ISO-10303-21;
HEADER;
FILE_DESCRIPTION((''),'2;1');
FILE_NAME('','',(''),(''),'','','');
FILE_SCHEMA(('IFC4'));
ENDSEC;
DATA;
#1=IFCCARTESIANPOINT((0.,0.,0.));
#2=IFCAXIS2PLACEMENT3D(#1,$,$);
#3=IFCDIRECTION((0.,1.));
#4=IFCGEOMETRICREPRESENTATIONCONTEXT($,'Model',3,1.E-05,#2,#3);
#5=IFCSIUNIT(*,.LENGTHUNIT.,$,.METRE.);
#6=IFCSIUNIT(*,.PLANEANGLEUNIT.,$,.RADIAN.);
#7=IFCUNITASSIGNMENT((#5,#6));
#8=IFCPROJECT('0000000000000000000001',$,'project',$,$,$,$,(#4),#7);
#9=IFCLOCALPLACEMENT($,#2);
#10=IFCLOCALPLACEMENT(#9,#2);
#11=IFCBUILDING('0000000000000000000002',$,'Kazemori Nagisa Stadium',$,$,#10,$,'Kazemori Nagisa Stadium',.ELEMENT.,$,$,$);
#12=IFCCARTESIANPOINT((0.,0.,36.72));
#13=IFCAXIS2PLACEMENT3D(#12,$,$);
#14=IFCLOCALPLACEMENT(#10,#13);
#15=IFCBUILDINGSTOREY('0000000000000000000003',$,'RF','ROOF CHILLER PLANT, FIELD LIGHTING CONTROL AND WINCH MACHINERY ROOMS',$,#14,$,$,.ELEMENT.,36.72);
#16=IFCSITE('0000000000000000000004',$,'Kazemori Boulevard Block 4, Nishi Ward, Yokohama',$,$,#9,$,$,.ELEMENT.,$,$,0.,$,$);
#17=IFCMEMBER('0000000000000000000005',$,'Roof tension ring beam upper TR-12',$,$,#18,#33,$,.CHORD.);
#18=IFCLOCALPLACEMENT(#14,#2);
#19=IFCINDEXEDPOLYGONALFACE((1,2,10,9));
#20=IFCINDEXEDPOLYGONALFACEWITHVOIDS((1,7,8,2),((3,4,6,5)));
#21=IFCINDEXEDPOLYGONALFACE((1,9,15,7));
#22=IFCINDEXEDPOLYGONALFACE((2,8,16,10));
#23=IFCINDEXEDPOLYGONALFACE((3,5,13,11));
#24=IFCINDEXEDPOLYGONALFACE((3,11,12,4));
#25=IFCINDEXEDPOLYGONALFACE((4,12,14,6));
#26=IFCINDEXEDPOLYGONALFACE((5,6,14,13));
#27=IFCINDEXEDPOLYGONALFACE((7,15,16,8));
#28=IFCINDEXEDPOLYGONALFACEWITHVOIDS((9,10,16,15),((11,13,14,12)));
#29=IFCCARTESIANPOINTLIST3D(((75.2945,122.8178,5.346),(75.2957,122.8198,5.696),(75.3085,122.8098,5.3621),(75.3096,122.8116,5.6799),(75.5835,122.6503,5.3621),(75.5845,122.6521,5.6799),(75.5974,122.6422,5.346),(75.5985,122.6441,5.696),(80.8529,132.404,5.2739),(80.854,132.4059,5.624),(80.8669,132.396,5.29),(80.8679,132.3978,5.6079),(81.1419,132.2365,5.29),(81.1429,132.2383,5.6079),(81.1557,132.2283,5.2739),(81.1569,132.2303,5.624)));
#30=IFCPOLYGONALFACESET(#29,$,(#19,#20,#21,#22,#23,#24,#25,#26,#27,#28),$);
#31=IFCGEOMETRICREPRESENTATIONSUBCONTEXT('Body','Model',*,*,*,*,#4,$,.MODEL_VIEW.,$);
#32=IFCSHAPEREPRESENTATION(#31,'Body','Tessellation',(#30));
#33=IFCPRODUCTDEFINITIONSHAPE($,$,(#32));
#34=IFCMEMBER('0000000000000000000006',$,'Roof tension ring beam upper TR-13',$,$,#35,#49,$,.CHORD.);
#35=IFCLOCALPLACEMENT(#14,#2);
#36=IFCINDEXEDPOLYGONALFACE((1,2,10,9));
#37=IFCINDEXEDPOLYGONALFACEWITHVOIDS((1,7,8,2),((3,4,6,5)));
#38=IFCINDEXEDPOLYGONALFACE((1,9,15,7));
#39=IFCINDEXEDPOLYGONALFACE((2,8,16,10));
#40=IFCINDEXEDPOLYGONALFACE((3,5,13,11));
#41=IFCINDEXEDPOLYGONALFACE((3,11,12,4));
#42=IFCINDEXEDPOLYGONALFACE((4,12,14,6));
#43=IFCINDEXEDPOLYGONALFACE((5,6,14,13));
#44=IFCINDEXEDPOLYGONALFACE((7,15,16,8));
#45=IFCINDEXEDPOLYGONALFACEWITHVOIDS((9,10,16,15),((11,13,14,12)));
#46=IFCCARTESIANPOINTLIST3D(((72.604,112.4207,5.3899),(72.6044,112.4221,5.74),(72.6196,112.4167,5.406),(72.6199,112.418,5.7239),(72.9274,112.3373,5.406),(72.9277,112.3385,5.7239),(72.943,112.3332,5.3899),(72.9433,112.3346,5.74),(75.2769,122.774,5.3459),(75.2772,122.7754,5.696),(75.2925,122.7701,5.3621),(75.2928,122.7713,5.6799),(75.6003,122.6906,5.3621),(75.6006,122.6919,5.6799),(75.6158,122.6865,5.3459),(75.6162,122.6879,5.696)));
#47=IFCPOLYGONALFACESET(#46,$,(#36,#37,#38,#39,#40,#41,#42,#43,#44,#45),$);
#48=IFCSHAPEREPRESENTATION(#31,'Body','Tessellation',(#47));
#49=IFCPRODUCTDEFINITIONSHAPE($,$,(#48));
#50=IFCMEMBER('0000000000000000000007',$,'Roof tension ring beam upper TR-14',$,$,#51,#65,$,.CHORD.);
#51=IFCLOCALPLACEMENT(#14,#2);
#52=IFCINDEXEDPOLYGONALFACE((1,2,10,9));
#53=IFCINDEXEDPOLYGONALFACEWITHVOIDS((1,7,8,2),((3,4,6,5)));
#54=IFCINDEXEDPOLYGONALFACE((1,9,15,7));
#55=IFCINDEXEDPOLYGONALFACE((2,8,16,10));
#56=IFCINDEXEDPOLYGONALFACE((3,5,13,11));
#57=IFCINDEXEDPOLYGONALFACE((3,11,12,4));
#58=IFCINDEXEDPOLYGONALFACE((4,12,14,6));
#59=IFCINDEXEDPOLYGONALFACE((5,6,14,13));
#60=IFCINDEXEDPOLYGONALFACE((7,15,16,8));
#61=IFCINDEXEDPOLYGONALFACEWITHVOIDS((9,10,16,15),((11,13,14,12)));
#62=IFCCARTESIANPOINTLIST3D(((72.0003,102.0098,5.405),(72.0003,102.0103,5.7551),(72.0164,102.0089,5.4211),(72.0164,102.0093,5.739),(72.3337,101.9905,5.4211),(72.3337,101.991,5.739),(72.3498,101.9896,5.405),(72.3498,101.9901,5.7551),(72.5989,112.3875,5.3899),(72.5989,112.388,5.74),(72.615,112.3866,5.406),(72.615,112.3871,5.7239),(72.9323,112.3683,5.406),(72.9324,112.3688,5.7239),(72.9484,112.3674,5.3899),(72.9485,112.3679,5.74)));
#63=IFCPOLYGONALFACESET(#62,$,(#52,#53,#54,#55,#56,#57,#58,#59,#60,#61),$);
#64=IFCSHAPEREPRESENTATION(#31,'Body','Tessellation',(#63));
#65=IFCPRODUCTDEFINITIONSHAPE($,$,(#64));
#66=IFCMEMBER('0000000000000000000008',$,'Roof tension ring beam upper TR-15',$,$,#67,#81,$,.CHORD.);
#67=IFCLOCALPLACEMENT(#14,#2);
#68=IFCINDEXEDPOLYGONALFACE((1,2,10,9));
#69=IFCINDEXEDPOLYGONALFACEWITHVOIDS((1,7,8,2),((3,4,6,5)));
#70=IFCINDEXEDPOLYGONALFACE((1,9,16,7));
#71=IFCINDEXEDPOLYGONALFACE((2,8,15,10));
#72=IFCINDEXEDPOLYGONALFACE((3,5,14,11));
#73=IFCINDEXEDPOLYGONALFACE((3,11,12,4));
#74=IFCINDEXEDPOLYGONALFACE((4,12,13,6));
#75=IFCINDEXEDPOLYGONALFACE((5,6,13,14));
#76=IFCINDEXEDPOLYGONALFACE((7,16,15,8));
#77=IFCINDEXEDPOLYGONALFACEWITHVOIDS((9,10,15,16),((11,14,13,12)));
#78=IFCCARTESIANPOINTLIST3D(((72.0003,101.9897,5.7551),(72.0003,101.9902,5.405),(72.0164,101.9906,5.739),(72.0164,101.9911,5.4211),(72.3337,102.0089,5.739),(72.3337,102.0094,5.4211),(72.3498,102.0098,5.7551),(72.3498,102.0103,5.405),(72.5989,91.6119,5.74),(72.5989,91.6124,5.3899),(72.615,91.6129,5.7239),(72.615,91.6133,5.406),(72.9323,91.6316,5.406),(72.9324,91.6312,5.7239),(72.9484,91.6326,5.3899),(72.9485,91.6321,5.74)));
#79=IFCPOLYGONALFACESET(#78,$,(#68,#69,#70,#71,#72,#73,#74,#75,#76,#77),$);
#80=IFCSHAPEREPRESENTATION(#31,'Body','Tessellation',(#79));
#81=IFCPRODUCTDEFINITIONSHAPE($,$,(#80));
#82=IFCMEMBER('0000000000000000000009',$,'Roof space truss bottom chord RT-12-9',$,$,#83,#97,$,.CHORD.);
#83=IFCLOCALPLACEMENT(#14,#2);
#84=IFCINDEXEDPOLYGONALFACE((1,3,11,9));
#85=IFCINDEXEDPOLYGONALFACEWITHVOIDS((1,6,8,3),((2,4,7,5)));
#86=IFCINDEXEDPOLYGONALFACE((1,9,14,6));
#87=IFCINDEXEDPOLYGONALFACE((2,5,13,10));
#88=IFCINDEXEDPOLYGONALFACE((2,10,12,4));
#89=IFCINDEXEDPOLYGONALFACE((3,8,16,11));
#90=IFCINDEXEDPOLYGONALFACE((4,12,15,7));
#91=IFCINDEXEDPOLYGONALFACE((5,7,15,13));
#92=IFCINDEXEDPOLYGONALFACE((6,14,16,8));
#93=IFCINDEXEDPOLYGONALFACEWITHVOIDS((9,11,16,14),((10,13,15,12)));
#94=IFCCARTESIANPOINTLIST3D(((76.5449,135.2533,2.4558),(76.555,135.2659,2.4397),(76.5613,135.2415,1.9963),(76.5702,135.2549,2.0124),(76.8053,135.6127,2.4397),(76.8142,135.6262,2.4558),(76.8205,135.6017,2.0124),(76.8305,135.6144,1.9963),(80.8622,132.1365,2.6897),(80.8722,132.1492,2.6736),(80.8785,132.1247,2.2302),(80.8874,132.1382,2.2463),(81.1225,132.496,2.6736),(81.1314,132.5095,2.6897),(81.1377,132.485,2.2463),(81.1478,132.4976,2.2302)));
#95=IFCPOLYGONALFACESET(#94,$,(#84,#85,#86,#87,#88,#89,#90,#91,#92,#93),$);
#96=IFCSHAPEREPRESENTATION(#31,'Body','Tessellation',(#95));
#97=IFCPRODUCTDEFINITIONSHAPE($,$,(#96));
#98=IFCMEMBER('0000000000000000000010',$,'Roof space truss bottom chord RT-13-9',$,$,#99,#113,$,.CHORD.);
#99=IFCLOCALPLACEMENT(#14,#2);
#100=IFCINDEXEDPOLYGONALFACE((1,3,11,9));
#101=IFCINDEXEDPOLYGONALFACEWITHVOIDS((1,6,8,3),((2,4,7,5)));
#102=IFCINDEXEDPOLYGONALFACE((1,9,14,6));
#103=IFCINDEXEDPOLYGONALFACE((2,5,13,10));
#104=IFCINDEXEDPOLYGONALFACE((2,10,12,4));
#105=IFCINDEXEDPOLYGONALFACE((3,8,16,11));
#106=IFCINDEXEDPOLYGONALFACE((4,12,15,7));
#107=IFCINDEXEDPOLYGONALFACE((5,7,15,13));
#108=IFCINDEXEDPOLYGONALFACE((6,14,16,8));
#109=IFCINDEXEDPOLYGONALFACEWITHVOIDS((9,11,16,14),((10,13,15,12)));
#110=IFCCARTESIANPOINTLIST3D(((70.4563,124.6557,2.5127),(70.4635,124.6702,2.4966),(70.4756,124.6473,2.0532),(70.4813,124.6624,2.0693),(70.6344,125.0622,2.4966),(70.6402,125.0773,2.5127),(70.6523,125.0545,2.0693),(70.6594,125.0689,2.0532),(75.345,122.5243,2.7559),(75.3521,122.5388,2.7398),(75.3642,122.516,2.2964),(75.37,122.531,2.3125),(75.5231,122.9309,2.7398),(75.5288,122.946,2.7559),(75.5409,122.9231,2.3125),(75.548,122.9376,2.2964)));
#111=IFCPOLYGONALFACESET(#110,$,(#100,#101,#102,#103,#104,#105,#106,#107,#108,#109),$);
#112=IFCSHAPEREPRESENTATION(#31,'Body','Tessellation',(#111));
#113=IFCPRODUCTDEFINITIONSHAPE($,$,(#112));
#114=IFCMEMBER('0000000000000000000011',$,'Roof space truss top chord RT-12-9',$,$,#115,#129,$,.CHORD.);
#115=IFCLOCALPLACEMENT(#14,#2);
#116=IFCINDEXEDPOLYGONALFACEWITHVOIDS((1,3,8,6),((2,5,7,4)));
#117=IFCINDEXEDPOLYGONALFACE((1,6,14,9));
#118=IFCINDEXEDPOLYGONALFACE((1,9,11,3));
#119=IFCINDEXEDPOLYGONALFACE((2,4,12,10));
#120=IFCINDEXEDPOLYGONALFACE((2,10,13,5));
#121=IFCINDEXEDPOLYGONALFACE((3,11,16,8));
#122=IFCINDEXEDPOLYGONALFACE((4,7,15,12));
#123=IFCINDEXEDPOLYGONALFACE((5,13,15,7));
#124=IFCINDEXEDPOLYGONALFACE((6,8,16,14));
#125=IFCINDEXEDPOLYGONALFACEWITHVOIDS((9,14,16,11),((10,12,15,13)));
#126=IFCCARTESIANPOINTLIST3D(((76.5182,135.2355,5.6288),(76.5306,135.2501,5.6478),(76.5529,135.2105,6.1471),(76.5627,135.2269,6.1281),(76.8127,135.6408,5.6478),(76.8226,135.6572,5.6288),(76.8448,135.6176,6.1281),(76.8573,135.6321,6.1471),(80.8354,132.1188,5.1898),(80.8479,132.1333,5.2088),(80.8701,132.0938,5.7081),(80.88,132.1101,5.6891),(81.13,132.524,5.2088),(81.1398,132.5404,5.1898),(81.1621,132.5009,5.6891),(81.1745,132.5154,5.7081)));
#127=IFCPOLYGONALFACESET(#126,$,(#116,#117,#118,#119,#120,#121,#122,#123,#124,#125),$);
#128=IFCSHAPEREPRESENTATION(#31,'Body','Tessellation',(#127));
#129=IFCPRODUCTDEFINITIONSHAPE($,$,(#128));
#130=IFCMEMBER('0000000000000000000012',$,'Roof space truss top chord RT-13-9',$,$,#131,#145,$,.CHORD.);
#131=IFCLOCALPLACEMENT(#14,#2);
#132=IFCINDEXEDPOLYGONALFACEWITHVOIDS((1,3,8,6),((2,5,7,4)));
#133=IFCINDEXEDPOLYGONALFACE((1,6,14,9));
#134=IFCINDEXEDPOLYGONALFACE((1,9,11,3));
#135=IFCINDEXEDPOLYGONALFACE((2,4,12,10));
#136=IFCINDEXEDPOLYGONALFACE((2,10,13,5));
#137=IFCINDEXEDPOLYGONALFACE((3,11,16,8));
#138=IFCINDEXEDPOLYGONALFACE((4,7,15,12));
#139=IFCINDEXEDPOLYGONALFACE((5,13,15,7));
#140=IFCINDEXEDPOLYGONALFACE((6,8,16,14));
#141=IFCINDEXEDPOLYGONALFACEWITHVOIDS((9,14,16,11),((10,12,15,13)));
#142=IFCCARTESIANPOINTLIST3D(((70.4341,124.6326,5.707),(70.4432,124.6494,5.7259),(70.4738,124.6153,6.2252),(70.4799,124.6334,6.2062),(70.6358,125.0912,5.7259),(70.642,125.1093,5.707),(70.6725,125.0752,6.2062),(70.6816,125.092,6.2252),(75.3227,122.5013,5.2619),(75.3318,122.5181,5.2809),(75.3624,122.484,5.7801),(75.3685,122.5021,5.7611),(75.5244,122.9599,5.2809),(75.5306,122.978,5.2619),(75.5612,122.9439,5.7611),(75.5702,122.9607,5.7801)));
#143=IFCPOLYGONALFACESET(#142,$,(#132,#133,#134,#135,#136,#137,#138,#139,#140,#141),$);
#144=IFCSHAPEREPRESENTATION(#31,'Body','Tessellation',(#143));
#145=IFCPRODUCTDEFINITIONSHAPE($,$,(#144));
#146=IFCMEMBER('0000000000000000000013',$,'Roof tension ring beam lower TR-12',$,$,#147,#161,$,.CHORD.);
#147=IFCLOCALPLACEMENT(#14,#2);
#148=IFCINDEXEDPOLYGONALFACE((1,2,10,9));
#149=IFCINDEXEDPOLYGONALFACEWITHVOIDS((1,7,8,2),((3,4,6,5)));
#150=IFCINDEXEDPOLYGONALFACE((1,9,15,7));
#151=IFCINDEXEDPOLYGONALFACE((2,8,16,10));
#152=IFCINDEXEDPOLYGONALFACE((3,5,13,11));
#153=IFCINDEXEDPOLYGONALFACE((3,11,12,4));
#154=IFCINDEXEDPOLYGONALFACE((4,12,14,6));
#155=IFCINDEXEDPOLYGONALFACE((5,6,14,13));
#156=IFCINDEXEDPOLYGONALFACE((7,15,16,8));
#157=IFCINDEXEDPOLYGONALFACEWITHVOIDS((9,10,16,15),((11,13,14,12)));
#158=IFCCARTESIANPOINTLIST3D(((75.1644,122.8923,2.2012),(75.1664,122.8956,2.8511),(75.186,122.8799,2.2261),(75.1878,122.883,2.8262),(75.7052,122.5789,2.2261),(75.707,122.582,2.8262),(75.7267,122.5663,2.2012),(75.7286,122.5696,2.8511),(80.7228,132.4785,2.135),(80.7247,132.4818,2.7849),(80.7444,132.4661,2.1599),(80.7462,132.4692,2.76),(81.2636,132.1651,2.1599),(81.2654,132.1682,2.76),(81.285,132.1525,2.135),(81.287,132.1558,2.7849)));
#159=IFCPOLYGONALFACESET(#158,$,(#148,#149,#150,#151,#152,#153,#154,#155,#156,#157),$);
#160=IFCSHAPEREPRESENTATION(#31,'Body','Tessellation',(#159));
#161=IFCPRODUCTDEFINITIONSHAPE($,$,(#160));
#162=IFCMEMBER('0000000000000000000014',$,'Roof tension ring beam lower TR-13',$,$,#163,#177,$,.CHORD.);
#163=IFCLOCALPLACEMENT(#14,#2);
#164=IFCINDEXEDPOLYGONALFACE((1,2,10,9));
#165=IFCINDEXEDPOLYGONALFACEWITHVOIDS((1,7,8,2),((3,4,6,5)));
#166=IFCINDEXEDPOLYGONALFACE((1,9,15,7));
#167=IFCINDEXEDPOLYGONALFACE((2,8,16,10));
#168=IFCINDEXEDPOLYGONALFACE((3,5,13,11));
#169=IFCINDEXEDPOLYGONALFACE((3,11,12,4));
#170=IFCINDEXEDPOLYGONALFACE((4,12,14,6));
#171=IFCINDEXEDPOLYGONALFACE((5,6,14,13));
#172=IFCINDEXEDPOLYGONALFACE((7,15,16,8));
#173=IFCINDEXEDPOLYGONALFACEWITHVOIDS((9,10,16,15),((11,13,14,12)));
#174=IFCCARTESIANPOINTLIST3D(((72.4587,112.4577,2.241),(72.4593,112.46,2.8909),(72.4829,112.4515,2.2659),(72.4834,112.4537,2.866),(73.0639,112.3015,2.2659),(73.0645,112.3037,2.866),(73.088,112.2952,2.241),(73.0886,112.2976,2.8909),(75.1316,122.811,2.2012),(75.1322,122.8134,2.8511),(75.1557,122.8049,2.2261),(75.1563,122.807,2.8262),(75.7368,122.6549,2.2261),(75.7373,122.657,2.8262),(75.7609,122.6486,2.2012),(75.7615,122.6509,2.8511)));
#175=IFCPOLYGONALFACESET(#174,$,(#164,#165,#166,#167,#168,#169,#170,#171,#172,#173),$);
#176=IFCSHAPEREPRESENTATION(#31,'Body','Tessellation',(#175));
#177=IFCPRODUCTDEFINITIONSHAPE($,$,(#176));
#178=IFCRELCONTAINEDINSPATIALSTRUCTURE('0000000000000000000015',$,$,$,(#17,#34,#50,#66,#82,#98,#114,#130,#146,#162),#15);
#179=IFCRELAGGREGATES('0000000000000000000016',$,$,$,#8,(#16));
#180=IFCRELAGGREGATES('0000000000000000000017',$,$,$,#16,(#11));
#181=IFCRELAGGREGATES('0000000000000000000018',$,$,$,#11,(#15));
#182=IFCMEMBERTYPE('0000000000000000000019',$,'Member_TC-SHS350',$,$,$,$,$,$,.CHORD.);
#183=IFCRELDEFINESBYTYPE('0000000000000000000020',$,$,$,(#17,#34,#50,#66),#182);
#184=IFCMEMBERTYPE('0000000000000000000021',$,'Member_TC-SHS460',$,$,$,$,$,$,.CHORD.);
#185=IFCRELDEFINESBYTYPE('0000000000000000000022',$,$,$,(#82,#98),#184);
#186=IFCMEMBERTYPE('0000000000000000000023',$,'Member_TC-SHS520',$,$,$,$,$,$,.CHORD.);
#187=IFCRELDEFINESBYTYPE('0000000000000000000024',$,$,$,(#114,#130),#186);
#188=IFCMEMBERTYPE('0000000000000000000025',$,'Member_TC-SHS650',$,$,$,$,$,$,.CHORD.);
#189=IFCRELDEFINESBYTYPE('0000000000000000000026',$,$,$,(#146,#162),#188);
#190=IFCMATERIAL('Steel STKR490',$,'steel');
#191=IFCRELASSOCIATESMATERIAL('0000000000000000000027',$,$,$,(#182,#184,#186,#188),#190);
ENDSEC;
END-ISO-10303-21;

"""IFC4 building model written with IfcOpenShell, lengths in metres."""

from ifc_helpers import new_model, si_unit, direction, frame, origin, origin_2d, place, context, subcontext, project, spatial, hollow_rectangle, extrude, material, material_profile, profile_set, type_object, element, save


model = new_model("IFC4")

# Units and contexts
model_context = context("Model", 3, precision=1e-05, world=origin(), true_north=direction((0.0, 1.0)))
body_context = subcontext(model_context, "Body", "Model", "MODEL_VIEW")
ifc_project = project(units=[si_unit("LENGTHUNIT", "METRE"), si_unit("PLANEANGLEUNIT", "RADIAN")], contexts=[model_context])

# Site, building, storey
site_placement = place(None, origin())
site = spatial("IfcSite", under=ifc_project, at=site_placement, Name="Kazemori Boulevard Block 4, Nishi Ward, Yokohama", CompositionType="ELEMENT", RefElevation=0.0)
building_placement = place(site_placement, origin())
building = spatial("IfcBuilding", under=site, at=building_placement, Name="Kazemori Nagisa Stadium", LongName="Kazemori Nagisa Stadium", CompositionType="ELEMENT")
storey_placement = place(building_placement, frame((0.0, 0.0, 36.72)))
storey = spatial("IfcBuildingStorey", under=building, at=storey_placement, Name="RF", Description="ROOF CHILLER PLANT, FIELD LIGHTING CONTROL AND WINCH MACHINERY ROOMS", CompositionType="ELEMENT", Elevation=36.72)

# Members
ifc_material = material(Name="Steel STKR490", Category="steel")
ifc_material_profile_1 = material_profile(ifc_material, hollow_rectangle(XDim=0.3501, YDim=0.3501, WallThickness=0.0161, at=origin_2d()), Name="SHS-350x350x16")
ifc_profile_set_1 = profile_set([ifc_material_profile_1], Name="Steel STKR490")
member_type_1 = type_object("IfcMemberType", Name="Member_TC-SHS350", PredefinedType="CHORD", material=ifc_profile_set_1)
member_1_placement = place(storey_placement, frame((81.0049, 132.3171, 5.449), z_axis=(-0.501597, -0.865077, 0.006499), x_axis=(0.865095, -0.501608, 0.0)))
element("IfcMember", 1, at=member_1_placement, inside=storey, type_object=member_type_1, Name="Roof tension ring beam upper TR-12", PredefinedType="CHORD", context=body_context, shape_type="SweptSolid", body=[
    extrude(hollow_rectangle(XDim=0.3501, YDim=0.3501, WallThickness=0.0161, at=origin_2d()), origin(), (0.0, 0.0, 1.0), 11.0813),
])
member_2_placement = place(storey_placement, frame((75.4465, 122.731, 5.521), z_axis=(-0.249967, -0.968246, 0.00411), x_axis=(0.968254, -0.249969, 0.0)))
element("IfcMember", 2, at=member_2_placement, inside=storey, type_object=member_type_1, Name="Roof tension ring beam upper TR-13", PredefinedType="CHORD", context=body_context, shape_type="SweptSolid", body=[
    extrude(hollow_rectangle(XDim=0.3501, YDim=0.3501, WallThickness=0.0161, at=origin_2d()), origin(), (0.0, 0.0, 1.0), 10.6929),
])
for number, where, z_axis, x_axis, name in (
    (3, (72.7737, 112.3777, 5.5649), (-0.057589, -0.998339, 0.001456), (0.99834, -0.057589, 0.0), "Roof tension ring beam upper TR-14"),
    (4, (72.175, 102.0, 5.5801), (0.057589, -0.998339, -0.001456), (0.99834, 0.057589, 0.0), "Roof tension ring beam upper TR-15"),
):
    element("IfcMember", number, at=place(storey_placement, frame(where, z_axis=z_axis, x_axis=x_axis)), inside=storey, type_object=member_type_1, Name=name, PredefinedType="CHORD", context=body_context, shape_type="SweptSolid", body=[
        extrude(hollow_rectangle(XDim=0.3501, YDim=0.3501, WallThickness=0.0161, at=origin_2d()), origin(), (0.0, 0.0, 1.0), 10.395),
    ])
ifc_material_profile_2 = material_profile(ifc_material, hollow_rectangle(XDim=0.46, YDim=0.46, WallThickness=0.0161, at=origin_2d()), Name="SHS-460x460x16")
ifc_profile_set_2 = profile_set([ifc_material_profile_2], Name="Steel STKR490")
member_type_2 = type_object("IfcMemberType", Name="Member_TC-SHS460", PredefinedType="CHORD", material=ifc_profile_set_2)
member_3_placement = place(storey_placement, frame((76.6877, 135.4338, 2.2261), z_axis=(0.810008, -0.584774, 0.043883), x_axis=(0.585338, 0.810789, 0.0)))
element("IfcMember", 5, at=member_3_placement, inside=storey, type_object=member_type_2, Name="Roof space truss bottom chord RT-12-9", PredefinedType="CHORD", context=body_context, shape_type="SweptSolid", body=[
    extrude(hollow_rectangle(XDim=0.46, YDim=0.46, WallThickness=0.0161, at=origin_2d()), origin(), (0.0, 0.0, 1.0), 5.3298),
])
member_4_placement = place(storey_placement, frame((70.5579, 124.8623, 2.283), z_axis=(0.915718, -0.399232, 0.045548), x_axis=(0.399647, 0.916669, 0.0)))
element("IfcMember", 6, at=member_4_placement, inside=storey, type_object=member_type_2, Name="Roof space truss bottom chord RT-13-9", PredefinedType="CHORD", context=body_context, shape_type="SweptSolid", body=[
    extrude(hollow_rectangle(XDim=0.46, YDim=0.46, WallThickness=0.0161, at=origin_2d()), origin(), (0.0, 0.0, 1.0), 5.3386),
])
ifc_material_profile_3 = material_profile(ifc_material, hollow_rectangle(XDim=0.52, YDim=0.52, WallThickness=0.019, at=origin_2d()), Name="SHS-520x520x19")
ifc_profile_set_3 = profile_set([ifc_material_profile_3], Name="Steel STKR490")
member_type_3 = type_object("IfcMemberType", Name="Member_TC-SHS520", PredefinedType="CHORD", material=ifc_profile_set_3)
member_5_placement = place(storey_placement, frame((76.6877, 135.4338, 5.8879), z_axis=(0.808048, -0.583359, -0.082162), x_axis=(0.585338, 0.810789, 0.0)))
element("IfcMember", 7, at=member_5_placement, inside=storey, type_object=member_type_3, Name="Roof space truss top chord RT-12-9", PredefinedType="CHORD", context=body_context, shape_type="SweptSolid", body=[
    extrude(hollow_rectangle(XDim=0.52, YDim=0.52, WallThickness=0.019, at=origin_2d()), origin(), (0.0, 0.0, 1.0), 5.3428),
])
member_6_placement = place(storey_placement, frame((70.5579, 124.8623, 5.9661), z_axis=(0.913494, -0.398262, -0.083165), x_axis=(0.399647, 0.916669, 0.0)))
element("IfcMember", 8, at=member_6_placement, inside=storey, type_object=member_type_3, Name="Roof space truss top chord RT-13-9", PredefinedType="CHORD", context=body_context, shape_type="SweptSolid", body=[
    extrude(hollow_rectangle(XDim=0.52, YDim=0.52, WallThickness=0.019, at=origin_2d()), origin(), (0.0, 0.0, 1.0), 5.3516),
])
ifc_material_profile_4 = material_profile(ifc_material, hollow_rectangle(XDim=0.6499, YDim=0.6499, WallThickness=0.0249, at=origin_2d()), Name="SHS-650x650x25")
ifc_profile_set_4 = profile_set([ifc_material_profile_4], Name="Steel STKR490")
member_type_4 = type_object("IfcMemberType", Name="Member_TC-SHS650", PredefinedType="CHORD", material=ifc_profile_set_4)
member_7_placement = place(storey_placement, frame((81.0049, 132.3171, 2.46), z_axis=(-0.501599, -0.86508, 0.005971), x_axis=(0.865095, -0.501608, 0.0)))
element("IfcMember", 9, at=member_7_placement, inside=storey, type_object=member_type_4, Name="Roof tension ring beam lower TR-12", PredefinedType="CHORD", context=body_context, shape_type="SweptSolid", body=[
    extrude(hollow_rectangle(XDim=0.6499, YDim=0.6499, WallThickness=0.0249, at=origin_2d()), origin(), (0.0, 0.0, 1.0), 11.0813),
])
member_8_placement = place(storey_placement, frame((75.4465, 122.731, 2.5261), z_axis=(-0.249967, -0.968247, 0.003722), x_axis=(0.968254, -0.249969, 0.0)))
element("IfcMember", 10, at=member_8_placement, inside=storey, type_object=member_type_4, Name="Roof tension ring beam lower TR-13", PredefinedType="CHORD", context=body_context, shape_type="SweptSolid", body=[
    extrude(hollow_rectangle(XDim=0.6499, YDim=0.6499, WallThickness=0.0249, at=origin_2d()), origin(), (0.0, 0.0, 1.0), 10.6929),
])

save(model, "model.ifc")
